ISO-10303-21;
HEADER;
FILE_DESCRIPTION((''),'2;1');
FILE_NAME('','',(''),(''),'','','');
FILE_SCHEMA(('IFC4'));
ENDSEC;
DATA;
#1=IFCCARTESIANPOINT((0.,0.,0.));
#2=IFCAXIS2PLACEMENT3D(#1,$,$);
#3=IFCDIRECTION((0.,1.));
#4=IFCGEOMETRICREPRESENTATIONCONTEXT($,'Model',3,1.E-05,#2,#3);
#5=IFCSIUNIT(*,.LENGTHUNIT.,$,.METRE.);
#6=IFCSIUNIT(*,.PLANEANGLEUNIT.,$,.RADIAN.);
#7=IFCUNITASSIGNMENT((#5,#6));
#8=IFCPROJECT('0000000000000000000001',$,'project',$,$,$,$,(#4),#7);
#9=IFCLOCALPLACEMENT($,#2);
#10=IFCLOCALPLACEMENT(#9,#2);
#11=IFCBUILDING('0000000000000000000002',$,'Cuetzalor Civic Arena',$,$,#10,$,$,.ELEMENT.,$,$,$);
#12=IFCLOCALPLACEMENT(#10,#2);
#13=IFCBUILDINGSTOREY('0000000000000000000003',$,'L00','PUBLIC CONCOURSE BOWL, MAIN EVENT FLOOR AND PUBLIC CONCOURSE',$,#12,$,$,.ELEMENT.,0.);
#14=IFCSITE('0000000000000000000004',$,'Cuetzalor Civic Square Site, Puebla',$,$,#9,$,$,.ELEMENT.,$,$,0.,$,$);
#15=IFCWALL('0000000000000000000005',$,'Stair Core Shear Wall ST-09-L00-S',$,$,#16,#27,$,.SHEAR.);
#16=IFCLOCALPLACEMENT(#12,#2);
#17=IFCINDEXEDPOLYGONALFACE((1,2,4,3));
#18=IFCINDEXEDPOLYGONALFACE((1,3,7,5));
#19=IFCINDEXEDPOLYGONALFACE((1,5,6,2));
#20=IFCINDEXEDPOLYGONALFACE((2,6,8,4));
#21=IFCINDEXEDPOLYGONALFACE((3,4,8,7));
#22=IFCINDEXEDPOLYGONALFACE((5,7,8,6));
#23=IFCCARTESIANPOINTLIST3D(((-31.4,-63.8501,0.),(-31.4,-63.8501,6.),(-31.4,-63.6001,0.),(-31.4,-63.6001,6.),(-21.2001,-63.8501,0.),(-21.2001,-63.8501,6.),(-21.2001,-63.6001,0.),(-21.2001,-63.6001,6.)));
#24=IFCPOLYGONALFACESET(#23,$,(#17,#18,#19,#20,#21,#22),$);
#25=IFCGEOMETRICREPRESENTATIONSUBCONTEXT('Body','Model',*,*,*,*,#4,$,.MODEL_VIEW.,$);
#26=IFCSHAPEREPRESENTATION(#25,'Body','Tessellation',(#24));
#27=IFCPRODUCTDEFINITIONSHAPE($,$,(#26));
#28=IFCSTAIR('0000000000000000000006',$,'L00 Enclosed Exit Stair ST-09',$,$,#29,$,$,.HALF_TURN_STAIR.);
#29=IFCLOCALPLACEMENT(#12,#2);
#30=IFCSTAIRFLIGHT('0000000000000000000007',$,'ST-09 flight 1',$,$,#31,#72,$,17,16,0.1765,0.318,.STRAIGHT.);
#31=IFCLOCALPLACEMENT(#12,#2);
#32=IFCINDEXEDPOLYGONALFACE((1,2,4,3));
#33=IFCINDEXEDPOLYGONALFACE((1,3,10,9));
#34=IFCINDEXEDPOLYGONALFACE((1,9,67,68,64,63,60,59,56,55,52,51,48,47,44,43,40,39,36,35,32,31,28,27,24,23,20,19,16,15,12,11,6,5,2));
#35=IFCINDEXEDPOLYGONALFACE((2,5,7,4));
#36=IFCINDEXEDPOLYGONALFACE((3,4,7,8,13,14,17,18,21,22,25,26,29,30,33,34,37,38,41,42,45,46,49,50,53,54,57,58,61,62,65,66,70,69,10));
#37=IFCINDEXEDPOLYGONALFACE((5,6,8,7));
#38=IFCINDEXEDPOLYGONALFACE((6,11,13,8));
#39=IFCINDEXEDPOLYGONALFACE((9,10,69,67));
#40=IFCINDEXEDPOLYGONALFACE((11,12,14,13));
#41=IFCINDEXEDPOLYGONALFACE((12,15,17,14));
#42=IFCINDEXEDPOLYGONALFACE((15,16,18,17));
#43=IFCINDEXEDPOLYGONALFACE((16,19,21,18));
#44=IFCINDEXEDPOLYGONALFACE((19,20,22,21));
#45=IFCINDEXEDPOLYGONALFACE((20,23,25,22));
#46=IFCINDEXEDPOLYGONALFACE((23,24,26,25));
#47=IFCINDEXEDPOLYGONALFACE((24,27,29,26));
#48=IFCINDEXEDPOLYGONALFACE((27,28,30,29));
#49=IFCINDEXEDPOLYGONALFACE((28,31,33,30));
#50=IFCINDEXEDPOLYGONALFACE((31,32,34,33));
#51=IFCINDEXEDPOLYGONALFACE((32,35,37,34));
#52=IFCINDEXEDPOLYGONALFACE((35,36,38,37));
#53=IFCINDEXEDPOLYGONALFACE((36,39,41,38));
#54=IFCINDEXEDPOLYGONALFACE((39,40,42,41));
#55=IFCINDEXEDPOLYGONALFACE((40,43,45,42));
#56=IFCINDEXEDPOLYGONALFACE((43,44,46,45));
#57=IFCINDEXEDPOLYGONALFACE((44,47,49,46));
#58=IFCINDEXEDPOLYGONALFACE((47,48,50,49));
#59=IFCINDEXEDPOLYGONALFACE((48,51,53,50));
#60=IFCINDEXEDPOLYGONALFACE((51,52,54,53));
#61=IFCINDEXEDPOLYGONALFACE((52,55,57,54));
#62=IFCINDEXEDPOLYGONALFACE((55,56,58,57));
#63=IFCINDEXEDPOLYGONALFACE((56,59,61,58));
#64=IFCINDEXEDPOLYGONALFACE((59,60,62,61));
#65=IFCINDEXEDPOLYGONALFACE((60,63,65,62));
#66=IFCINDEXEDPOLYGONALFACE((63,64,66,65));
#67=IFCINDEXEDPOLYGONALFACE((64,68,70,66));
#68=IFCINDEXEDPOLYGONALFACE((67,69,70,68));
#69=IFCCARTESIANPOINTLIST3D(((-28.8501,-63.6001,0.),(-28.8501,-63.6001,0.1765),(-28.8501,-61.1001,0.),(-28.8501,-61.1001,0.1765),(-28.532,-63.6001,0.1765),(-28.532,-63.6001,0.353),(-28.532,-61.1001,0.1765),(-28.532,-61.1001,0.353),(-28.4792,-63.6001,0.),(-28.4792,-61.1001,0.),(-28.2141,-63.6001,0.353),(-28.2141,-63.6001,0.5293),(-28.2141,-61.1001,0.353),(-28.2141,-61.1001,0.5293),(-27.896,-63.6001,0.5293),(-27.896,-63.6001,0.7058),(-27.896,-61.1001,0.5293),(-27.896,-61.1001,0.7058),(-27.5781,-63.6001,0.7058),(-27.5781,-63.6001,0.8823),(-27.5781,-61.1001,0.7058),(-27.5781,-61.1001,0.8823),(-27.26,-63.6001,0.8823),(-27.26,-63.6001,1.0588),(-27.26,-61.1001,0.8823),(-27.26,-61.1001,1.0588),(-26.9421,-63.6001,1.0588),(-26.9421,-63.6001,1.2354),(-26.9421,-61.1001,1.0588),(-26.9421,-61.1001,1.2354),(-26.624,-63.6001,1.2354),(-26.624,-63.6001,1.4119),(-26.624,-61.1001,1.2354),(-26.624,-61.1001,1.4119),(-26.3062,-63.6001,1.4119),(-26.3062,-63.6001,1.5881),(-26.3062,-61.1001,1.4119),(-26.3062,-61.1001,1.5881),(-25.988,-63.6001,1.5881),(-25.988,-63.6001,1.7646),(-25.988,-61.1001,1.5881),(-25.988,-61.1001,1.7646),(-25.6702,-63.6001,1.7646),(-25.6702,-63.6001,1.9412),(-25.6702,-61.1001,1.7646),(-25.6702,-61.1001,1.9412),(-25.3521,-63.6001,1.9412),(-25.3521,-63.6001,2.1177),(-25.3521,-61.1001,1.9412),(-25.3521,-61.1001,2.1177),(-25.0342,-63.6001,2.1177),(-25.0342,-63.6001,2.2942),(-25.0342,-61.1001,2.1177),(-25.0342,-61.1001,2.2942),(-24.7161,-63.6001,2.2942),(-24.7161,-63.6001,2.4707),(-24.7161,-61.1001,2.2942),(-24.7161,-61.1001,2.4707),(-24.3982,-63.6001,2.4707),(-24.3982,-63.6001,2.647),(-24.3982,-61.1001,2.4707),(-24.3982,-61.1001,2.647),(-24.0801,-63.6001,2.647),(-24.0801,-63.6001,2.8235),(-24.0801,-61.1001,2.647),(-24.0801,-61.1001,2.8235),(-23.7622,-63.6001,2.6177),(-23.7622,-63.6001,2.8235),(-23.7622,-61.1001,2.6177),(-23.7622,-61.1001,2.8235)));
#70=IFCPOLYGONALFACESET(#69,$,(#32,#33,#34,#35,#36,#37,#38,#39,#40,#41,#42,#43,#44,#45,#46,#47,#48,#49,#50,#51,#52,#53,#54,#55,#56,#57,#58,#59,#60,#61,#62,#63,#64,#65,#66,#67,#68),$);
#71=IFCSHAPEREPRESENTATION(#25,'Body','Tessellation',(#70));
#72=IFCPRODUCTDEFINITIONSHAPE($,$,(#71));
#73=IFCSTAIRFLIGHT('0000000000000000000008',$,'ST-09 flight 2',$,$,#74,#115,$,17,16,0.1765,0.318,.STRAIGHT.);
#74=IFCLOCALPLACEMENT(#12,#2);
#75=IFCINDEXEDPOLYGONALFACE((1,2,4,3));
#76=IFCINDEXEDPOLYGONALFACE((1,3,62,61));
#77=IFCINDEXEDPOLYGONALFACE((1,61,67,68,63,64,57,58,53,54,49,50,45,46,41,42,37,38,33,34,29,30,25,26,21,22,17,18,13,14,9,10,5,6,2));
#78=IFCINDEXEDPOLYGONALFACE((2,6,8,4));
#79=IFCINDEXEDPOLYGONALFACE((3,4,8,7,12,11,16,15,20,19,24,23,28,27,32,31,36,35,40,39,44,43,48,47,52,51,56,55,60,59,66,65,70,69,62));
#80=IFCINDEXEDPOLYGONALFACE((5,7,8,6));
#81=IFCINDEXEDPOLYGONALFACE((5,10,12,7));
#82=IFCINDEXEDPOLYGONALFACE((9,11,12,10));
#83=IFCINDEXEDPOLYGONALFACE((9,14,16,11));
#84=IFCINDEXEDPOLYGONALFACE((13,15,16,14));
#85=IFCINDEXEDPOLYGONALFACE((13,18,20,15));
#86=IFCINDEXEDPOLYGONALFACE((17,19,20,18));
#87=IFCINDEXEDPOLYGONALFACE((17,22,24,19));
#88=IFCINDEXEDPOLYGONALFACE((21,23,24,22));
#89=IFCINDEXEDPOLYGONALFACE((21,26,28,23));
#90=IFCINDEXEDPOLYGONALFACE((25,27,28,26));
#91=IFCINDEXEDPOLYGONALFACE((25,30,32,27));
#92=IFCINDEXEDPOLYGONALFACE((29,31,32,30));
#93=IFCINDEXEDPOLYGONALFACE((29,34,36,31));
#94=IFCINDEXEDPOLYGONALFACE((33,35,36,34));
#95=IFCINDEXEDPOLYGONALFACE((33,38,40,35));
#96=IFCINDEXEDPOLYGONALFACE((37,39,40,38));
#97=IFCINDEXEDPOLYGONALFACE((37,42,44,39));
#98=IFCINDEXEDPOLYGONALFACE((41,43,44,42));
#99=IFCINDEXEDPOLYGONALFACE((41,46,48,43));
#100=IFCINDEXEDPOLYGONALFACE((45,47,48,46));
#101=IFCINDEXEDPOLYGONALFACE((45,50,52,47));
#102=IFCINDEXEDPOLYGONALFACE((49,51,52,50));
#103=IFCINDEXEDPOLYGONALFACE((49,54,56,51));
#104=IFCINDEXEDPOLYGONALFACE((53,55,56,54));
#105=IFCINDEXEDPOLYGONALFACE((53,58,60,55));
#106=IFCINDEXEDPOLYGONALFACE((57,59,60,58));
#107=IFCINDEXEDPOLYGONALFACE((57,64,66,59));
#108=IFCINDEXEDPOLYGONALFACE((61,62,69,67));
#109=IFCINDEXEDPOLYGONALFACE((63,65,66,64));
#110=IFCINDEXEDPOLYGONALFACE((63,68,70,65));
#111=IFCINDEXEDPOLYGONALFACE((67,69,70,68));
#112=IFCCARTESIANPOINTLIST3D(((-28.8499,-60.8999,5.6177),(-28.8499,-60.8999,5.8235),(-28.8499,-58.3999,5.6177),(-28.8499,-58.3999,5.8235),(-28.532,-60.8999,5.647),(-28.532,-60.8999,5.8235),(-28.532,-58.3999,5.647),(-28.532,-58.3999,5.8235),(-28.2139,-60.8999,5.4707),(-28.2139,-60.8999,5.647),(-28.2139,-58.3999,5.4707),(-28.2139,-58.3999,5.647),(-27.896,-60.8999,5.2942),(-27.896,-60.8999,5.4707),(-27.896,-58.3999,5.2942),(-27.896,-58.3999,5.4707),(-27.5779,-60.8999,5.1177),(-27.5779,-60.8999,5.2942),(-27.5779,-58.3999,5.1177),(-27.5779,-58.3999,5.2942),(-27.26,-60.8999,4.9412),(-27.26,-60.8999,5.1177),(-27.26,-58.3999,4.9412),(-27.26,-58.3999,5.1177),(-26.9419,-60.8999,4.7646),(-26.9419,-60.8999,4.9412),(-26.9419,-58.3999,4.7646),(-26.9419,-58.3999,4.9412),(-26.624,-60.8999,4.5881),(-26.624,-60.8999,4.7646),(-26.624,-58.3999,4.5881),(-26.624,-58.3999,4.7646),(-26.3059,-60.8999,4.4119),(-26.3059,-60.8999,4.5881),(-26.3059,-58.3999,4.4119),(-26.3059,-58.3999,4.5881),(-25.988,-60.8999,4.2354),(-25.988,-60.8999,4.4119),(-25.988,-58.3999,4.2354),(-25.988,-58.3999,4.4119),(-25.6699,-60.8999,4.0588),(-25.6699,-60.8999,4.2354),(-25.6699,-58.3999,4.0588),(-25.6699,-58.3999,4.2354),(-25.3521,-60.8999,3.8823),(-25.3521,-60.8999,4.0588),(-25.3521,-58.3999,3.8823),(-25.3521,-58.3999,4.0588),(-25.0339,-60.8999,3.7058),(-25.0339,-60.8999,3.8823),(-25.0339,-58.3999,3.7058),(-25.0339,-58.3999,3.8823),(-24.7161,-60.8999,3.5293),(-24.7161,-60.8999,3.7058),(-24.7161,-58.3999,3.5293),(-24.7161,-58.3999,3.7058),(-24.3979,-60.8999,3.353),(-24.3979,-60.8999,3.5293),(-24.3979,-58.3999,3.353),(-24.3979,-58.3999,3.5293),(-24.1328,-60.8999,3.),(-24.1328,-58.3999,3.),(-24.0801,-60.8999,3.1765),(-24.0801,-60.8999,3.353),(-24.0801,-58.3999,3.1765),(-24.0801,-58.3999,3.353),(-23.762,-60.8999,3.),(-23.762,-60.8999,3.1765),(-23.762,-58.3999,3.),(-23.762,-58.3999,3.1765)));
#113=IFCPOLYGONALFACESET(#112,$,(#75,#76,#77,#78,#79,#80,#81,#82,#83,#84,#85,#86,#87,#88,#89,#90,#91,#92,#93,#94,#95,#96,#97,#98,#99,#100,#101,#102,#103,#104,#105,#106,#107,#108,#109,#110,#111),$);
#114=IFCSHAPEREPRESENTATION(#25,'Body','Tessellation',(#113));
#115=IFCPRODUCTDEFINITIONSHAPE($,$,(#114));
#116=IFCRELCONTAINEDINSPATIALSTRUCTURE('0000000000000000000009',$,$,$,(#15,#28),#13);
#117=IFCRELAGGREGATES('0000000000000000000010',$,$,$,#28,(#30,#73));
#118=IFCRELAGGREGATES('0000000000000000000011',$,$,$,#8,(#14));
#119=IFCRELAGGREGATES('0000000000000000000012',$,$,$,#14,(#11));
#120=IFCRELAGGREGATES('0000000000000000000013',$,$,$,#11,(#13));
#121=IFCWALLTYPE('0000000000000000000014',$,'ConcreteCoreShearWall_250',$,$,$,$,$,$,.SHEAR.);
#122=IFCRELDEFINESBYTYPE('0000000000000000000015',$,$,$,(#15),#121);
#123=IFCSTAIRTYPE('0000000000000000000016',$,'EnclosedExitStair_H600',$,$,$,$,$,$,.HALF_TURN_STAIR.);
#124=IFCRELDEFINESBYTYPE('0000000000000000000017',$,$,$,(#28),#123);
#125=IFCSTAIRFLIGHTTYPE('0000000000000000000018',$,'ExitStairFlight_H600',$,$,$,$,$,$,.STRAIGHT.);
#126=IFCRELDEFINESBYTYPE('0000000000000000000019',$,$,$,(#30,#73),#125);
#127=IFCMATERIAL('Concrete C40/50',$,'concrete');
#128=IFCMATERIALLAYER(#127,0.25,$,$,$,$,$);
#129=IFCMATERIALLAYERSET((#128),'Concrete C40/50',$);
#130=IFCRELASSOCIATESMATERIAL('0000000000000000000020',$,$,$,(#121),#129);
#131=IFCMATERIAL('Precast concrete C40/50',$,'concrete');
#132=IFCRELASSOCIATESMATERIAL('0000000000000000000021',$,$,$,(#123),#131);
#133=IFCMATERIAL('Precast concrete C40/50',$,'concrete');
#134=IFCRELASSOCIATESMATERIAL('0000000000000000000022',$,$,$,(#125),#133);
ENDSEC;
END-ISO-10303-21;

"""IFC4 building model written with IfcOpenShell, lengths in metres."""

from ifc_helpers import new_model, si_unit, direction, frame, frame_2d, origin, place, context, subcontext, project, spatial, polyline, rectangle, outline, extrude, material, layer, layer_set, type_object, element, aggregate, save


model = new_model("IFC4")

# Units and contexts
model_context = context("Model", 3, precision=1e-05, world=origin(), true_north=direction((0.0, 1.0)))
body_context = subcontext(model_context, "Body", "Model", "MODEL_VIEW")
ifc_project = project(units=[si_unit("LENGTHUNIT", "METRE"), si_unit("PLANEANGLEUNIT", "RADIAN")], contexts=[model_context])

# Site, building, storey
site_placement = place(None, origin())
site = spatial("IfcSite", under=ifc_project, at=site_placement, Name="Cuetzalor Civic Square Site, Puebla", CompositionType="ELEMENT", RefElevation=0.0)
building_placement = place(site_placement, origin())
building = spatial("IfcBuilding", under=site, at=building_placement, Name="Cuetzalor Civic Arena", CompositionType="ELEMENT")
storey_placement = place(building_placement, origin())
storey = spatial("IfcBuildingStorey", under=building, at=storey_placement, Name="L00", Description="PUBLIC CONCOURSE BOWL, MAIN EVENT FLOOR AND PUBLIC CONCOURSE", CompositionType="ELEMENT", Elevation=0.0)

# Wall
ifc_material_1 = material(Name="Concrete C40/50", Category="concrete")
ifc_layer_1 = layer(ifc_material_1, 0.25)
ifc_layer_set_1 = layer_set([ifc_layer_1], Name="Concrete C40/50")
wall_type = type_object("IfcWallType", Name="ConcreteCoreShearWall_250", PredefinedType="SHEAR", material=ifc_layer_set_1)
wall_1_placement = place(storey_placement, frame((-21.2, -63.7251, 0.0), z_axis=(0.0, 0.0, 1.0), x_axis=(-1.0, 0.0, 0.0)))
element("IfcWall", 1, at=wall_1_placement, inside=storey, type_object=wall_type, Name="Stair Core Shear Wall ST-09-L00-S", PredefinedType="SHEAR", context=body_context, shape_type="SweptSolid", body=[
    extrude(rectangle(XDim=10.2, YDim=0.25, at=frame_2d((5.1001, 0.0))), origin(), (0.0, 0.0, 1.0), 6.0),
])

# Stair, stair flights
ifc_material_2 = material(Name="Precast concrete C40/50", Category="concrete")
stair_type = type_object("IfcStairType", Name="EnclosedExitStair_H600", PredefinedType="HALF_TURN_STAIR", material=ifc_material_2)
stair_placement = place(storey_placement, origin())
stair = element("IfcStair", 2, at=stair_placement, inside=storey, type_object=stair_type, Name="L00 Enclosed Exit Stair ST-09", PredefinedType="HALF_TURN_STAIR")
ifc_material_3 = material(Name="Precast concrete C40/50", Category="concrete")
stair_flight_type = type_object("IfcStairFlightType", Name="ExitStairFlight_H600", PredefinedType="STRAIGHT", material=ifc_material_3)
stair_flight_1_placement = place(storey_placement, frame((-28.8501, -62.3501, 0.0), z_axis=(0.0, 0.0, 1.0), x_axis=(1.0, 0.0, 0.0)))
stair_flight_1 = element("IfcStairFlight", 3, at=stair_flight_1_placement, type_object=stair_flight_type, Name="ST-09 flight 1", NumberOfRisers=17, NumberOfTreads=16, PredefinedType="STRAIGHT", RiserHeight=0.1765, TreadLength=0.318, context=body_context, shape_type="SweptSolid", body=[
    extrude(outline(polyline([(0.0, 0.0), (0.0, 0.1765), (0.3181, 0.1765), (0.3181, 0.353), (0.636, 0.353), (0.636, 0.5293), (0.9541, 0.5293), (0.9541, 0.7058), (1.272, 0.7058), (1.272, 0.8823), (1.5901, 0.8823), (1.5901, 1.0588), (1.908, 1.0588), (1.908, 1.2354), (2.2261, 1.2354), (2.2261, 1.4119), (2.5439, 1.4119), (2.5439, 1.5881), (2.8621, 1.5881), (2.8621, 1.7646), (3.1799, 1.7646), (3.1799, 1.9412), (3.498, 1.9412), (3.498, 2.1177), (3.8159, 2.1177), (3.8159, 2.2942), (4.134, 2.2942), (4.134, 2.4707), (4.4519, 2.4707), (4.4519, 2.647), (4.77, 2.647), (4.77, 2.8235), (5.0879, 2.8235), (5.0879, 3.0), (5.0879, 2.6177), (0.3708, 0.0), (0.0, 0.0)])), frame((0.0, 1.25, 0.0), z_axis=(0.0, -1.0, 0.0), x_axis=(1.0, 0.0, 0.0)), (0.0, 0.0, 1.0), 2.5),
])
stair_flight_2_placement = place(storey_placement, frame((-23.762, -59.6499, 3.0), z_axis=(0.0, 0.0, 1.0), x_axis=(-1.0, 0.0, 0.0)))
stair_flight_2 = element("IfcStairFlight", 4, at=stair_flight_2_placement, type_object=stair_flight_type, Name="ST-09 flight 2", NumberOfRisers=17, NumberOfTreads=16, PredefinedType="STRAIGHT", RiserHeight=0.1765, TreadLength=0.318, context=body_context, shape_type="SweptSolid", body=[
    extrude(outline(polyline([(0.0, 0.0), (0.0, 0.1765), (0.3181, 0.1765), (0.3181, 0.353), (0.636, 0.353), (0.636, 0.5293), (0.9541, 0.5293), (0.9541, 0.7058), (1.272, 0.7058), (1.272, 0.8823), (1.5901, 0.8823), (1.5901, 1.0588), (1.908, 1.0588), (1.908, 1.2354), (2.2261, 1.2354), (2.2261, 1.4119), (2.5439, 1.4119), (2.5439, 1.5881), (2.8621, 1.5881), (2.8621, 1.7646), (3.1799, 1.7646), (3.1799, 1.9412), (3.498, 1.9412), (3.498, 2.1177), (3.8159, 2.1177), (3.8159, 2.2942), (4.134, 2.2942), (4.134, 2.4707), (4.4519, 2.4707), (4.4519, 2.647), (4.77, 2.647), (4.77, 2.8235), (5.0879, 2.8235), (5.0879, 3.0), (5.0879, 2.6177), (0.3708, 0.0), (0.0, 0.0)])), frame((0.0, 1.25, 0.0), z_axis=(0.0, -1.0, 0.0), x_axis=(1.0, 0.0, 0.0)), (0.0, 0.0, 1.0), 2.5),
])
aggregate(stair, [stair_flight_1, stair_flight_2])

save(model, "model.ifc")
